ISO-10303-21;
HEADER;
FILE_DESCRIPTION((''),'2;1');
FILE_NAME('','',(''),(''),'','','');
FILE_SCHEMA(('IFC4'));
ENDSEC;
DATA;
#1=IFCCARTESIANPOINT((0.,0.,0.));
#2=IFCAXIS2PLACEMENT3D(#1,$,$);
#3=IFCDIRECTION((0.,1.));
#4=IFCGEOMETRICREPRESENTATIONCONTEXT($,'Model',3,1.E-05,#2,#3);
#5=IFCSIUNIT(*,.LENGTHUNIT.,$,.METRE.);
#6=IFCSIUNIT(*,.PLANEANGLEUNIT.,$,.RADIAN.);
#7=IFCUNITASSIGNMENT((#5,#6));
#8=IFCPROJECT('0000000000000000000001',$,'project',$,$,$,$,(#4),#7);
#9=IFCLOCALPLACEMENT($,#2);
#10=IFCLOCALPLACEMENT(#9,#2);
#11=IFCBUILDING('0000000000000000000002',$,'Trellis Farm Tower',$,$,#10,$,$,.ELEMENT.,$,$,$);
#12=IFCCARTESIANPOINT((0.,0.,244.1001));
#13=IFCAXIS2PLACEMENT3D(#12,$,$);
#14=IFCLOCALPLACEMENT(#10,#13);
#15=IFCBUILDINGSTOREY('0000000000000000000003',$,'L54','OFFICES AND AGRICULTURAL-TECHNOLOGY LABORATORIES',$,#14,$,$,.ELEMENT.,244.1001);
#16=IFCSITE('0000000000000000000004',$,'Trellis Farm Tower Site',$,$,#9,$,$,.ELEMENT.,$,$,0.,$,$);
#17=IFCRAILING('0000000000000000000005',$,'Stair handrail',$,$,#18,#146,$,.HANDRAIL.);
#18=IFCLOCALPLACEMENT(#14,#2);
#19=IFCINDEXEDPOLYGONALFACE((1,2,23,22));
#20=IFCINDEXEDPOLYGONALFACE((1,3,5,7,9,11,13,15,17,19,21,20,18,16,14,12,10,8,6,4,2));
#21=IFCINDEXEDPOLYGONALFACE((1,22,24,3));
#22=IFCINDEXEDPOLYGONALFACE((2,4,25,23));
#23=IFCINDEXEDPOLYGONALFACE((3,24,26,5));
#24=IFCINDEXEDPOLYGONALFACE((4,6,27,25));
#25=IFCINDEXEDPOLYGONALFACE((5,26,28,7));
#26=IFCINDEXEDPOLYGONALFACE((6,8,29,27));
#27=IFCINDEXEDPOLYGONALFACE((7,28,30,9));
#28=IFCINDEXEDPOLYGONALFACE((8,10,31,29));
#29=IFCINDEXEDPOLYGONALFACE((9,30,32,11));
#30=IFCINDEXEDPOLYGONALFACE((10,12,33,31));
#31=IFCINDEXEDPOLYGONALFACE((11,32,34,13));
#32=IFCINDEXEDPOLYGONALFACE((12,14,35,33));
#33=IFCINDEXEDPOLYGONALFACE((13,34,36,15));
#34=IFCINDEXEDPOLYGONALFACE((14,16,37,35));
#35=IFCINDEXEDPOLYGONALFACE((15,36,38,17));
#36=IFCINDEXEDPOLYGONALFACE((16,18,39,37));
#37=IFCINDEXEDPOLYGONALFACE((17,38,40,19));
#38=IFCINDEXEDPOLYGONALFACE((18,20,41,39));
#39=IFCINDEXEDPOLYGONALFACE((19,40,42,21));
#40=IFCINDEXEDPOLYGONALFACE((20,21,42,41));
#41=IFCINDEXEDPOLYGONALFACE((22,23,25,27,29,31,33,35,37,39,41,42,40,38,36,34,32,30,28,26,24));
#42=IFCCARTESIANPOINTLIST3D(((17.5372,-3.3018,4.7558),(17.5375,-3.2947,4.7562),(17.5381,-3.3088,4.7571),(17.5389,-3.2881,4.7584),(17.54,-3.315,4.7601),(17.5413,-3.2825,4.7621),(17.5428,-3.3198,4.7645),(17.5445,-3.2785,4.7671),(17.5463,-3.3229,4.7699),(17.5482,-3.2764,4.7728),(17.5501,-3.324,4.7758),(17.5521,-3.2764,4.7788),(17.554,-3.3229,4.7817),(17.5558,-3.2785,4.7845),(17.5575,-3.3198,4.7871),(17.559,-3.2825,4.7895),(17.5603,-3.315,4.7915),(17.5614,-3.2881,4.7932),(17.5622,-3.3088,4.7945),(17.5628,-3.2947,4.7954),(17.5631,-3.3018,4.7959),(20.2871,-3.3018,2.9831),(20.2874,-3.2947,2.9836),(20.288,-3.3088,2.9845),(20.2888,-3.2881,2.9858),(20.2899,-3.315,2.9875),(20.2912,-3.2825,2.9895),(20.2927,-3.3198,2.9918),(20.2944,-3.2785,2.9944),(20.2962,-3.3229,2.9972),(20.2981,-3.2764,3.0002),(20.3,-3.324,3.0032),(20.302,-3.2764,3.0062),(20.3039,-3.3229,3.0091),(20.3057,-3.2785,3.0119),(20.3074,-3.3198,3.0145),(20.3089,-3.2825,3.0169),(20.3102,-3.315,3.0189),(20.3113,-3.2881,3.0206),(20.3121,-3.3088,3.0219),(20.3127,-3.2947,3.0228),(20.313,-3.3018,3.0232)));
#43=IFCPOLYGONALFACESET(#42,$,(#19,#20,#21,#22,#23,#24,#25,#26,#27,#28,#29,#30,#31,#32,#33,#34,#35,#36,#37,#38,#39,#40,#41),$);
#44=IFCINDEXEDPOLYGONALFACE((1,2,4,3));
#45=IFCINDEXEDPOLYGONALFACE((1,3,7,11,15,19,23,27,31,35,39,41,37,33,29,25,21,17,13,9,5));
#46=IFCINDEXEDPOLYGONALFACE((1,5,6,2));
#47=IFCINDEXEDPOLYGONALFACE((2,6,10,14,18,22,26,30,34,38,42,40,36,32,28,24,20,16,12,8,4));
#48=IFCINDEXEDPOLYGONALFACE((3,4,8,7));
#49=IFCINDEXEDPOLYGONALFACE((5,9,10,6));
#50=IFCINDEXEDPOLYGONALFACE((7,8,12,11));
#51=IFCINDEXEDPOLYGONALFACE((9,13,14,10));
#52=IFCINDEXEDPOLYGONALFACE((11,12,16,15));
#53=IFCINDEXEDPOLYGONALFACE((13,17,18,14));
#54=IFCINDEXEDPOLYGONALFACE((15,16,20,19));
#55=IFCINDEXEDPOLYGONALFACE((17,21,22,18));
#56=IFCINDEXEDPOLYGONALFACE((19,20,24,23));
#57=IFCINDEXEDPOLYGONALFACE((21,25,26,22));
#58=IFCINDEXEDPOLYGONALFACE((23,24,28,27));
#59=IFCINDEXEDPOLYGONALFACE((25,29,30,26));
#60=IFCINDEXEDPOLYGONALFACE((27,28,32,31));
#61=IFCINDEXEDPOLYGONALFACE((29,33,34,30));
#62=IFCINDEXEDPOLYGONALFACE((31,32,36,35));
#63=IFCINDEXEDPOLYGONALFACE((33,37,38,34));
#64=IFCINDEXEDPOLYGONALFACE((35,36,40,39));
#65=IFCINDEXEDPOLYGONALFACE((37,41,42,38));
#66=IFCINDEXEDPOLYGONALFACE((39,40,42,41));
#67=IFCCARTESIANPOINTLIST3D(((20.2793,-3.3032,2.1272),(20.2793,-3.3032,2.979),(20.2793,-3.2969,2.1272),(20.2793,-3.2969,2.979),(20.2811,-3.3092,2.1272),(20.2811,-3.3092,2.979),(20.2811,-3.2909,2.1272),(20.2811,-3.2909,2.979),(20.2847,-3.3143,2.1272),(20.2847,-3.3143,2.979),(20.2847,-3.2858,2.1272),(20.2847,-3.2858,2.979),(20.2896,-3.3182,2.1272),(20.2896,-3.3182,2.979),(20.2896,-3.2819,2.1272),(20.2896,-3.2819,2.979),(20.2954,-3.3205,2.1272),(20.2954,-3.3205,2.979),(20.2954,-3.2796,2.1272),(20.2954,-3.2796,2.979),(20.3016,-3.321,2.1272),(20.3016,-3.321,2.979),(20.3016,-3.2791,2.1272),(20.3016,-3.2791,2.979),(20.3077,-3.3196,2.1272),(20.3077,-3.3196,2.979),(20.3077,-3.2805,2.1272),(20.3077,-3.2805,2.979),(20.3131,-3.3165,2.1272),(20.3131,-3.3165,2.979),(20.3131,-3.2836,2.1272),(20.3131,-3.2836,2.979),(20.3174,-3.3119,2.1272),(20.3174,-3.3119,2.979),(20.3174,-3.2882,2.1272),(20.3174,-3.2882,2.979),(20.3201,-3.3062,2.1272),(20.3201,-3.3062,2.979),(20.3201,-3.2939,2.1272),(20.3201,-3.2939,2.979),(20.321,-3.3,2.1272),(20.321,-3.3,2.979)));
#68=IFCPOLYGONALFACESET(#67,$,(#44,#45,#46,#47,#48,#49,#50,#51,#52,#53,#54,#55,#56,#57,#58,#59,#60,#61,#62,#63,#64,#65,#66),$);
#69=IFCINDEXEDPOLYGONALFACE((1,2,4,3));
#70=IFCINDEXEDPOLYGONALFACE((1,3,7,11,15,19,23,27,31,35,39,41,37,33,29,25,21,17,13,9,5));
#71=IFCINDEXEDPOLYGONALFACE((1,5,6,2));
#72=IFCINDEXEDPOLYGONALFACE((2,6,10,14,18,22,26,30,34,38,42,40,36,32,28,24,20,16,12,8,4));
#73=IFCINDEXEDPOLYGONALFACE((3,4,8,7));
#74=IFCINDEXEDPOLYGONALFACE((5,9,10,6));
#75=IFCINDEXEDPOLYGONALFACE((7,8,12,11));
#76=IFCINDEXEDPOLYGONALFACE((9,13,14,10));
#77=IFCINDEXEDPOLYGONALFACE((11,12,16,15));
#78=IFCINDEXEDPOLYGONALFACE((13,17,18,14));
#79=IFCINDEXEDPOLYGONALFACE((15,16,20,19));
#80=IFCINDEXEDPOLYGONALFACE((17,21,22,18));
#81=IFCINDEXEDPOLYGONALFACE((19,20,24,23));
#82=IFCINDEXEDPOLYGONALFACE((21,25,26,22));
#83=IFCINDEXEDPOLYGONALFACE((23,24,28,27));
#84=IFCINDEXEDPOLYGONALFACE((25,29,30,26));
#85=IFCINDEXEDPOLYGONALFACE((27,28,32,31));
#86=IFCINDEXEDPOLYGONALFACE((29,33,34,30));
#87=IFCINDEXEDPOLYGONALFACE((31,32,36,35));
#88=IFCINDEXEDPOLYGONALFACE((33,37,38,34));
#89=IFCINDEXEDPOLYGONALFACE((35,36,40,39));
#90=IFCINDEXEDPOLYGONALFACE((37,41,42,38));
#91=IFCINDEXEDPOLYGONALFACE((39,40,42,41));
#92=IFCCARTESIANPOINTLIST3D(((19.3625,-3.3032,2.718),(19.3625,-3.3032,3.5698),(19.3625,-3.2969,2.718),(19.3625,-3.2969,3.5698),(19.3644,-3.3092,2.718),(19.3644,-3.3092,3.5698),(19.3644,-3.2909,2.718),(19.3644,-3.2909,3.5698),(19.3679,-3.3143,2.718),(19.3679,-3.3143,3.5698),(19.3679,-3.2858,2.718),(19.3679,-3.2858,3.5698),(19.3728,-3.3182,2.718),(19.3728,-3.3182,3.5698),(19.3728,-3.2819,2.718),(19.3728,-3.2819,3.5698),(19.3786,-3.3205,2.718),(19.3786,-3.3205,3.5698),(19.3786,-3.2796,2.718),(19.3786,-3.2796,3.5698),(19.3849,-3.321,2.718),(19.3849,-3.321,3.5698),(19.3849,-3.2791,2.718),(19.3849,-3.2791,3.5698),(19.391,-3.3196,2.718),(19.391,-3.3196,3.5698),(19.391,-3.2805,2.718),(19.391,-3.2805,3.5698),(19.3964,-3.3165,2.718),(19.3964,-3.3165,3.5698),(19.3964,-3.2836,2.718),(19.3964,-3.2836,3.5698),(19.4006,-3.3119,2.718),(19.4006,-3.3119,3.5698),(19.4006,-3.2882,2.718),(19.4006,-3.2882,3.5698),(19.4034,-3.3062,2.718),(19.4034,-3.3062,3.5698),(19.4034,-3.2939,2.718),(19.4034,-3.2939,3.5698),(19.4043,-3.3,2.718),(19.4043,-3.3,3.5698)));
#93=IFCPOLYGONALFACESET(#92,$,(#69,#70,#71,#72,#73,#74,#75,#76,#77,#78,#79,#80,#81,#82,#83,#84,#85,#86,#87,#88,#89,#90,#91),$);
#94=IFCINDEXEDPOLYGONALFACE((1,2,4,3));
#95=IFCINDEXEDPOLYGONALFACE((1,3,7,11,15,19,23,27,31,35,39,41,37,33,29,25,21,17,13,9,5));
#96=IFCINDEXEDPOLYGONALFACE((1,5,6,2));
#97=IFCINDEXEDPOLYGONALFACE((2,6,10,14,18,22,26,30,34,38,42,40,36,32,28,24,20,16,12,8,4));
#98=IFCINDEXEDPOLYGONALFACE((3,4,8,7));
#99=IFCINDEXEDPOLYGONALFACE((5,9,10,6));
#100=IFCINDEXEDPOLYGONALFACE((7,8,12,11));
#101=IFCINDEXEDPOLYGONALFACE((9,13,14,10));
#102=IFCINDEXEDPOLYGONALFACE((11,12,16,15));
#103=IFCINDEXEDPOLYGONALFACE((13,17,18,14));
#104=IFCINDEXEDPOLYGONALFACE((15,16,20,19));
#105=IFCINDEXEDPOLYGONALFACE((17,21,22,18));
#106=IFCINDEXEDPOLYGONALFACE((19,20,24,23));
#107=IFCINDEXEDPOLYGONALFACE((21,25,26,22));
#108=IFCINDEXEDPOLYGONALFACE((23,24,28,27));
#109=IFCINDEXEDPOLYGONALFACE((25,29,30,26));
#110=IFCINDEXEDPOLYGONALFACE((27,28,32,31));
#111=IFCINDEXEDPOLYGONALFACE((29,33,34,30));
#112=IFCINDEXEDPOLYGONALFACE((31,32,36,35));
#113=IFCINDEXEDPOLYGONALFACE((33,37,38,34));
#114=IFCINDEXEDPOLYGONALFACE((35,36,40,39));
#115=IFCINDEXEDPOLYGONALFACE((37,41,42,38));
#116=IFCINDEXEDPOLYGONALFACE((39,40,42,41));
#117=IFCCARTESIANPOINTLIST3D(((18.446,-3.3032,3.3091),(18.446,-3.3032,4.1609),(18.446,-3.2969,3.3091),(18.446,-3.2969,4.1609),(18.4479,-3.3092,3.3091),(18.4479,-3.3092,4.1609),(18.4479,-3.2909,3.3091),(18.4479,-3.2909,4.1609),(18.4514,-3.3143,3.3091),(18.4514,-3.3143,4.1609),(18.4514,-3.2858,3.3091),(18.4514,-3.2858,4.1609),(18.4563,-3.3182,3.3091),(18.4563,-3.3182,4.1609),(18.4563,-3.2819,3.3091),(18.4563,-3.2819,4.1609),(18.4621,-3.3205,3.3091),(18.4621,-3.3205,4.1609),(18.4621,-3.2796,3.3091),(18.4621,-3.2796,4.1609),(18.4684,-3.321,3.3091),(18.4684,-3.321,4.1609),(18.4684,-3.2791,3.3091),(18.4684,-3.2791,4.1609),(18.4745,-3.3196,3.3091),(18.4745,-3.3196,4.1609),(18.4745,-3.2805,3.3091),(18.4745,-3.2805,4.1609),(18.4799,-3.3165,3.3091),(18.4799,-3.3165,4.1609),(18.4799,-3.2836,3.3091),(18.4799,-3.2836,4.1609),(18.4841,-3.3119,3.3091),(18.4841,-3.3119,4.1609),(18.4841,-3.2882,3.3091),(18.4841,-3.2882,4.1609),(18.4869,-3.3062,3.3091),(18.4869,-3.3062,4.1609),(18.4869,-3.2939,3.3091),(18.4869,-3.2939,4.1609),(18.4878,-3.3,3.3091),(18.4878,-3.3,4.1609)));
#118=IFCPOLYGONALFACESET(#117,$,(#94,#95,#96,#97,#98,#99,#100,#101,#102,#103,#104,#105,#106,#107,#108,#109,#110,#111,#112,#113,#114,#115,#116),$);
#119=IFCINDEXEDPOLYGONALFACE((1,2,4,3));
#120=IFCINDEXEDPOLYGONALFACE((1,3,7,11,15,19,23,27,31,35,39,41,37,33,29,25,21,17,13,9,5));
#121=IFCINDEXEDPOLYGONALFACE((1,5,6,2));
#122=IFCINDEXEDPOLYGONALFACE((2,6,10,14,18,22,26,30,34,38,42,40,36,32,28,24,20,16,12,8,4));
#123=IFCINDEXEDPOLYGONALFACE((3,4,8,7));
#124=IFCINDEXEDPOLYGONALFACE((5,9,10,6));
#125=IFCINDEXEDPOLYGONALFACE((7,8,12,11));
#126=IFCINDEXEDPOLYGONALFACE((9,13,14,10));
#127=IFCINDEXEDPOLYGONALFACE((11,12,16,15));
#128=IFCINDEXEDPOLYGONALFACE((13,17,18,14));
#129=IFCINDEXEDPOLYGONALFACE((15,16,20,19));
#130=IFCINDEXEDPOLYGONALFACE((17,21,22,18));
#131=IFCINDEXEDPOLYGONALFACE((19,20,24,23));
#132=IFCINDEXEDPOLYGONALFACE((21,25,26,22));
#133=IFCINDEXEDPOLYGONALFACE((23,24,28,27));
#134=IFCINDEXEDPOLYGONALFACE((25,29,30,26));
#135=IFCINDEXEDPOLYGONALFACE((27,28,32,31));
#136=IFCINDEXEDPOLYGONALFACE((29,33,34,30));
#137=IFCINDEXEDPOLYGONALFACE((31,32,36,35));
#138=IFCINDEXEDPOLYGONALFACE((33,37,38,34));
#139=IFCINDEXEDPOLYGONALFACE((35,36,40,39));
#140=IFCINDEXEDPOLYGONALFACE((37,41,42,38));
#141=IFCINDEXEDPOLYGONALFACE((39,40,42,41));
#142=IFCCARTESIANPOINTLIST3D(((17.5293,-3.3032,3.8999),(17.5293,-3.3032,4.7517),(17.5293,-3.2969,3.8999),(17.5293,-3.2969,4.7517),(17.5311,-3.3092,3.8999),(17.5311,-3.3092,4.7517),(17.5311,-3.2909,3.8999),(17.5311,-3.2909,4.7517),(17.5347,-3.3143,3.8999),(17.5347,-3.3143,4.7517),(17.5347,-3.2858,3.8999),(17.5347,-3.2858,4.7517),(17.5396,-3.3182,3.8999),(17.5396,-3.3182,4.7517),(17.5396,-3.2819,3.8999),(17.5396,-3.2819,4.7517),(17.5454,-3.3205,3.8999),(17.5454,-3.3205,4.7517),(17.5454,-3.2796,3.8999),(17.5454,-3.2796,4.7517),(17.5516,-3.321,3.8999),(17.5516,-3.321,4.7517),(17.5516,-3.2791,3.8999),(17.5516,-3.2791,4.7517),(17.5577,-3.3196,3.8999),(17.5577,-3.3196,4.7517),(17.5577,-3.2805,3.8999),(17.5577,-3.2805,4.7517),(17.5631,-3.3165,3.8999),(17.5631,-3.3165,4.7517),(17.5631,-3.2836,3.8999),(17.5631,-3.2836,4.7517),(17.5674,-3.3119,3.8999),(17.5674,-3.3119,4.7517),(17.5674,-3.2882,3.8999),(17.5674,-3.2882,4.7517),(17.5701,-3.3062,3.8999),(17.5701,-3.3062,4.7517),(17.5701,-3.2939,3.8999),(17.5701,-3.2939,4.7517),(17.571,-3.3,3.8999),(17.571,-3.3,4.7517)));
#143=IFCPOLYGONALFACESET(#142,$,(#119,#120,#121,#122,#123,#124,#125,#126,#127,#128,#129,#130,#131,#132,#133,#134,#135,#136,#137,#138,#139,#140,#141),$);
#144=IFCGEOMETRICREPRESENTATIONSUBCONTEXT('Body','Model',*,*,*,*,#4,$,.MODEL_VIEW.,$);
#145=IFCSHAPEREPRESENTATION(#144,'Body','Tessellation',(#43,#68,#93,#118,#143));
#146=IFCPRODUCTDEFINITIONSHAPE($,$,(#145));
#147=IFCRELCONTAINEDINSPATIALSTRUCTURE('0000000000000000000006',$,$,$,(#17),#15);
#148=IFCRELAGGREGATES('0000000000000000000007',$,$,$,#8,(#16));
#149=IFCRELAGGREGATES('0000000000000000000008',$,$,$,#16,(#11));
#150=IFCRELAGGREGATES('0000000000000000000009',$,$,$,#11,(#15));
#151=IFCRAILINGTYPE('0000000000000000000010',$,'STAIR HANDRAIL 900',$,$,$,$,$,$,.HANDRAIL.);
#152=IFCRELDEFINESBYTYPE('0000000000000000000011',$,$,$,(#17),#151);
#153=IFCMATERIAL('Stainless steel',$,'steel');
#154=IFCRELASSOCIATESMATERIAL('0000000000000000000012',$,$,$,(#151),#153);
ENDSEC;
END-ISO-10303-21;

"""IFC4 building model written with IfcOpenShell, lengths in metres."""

from ifc_helpers import new_model, si_unit, direction, frame, origin, origin_2d, place, context, subcontext, project, spatial, circle, extrude, source, transform, mapped, material, type_object, element, save


model = new_model("IFC4")

# Units and contexts
model_context = context("Model", 3, precision=1e-05, world=origin(), true_north=direction((0.0, 1.0)))
body_context = subcontext(model_context, "Body", "Model", "MODEL_VIEW")
ifc_project = project(units=[si_unit("LENGTHUNIT", "METRE"), si_unit("PLANEANGLEUNIT", "RADIAN")], contexts=[model_context])

# Site, building, storey
site_placement = place(None, origin())
site = spatial("IfcSite", under=ifc_project, at=site_placement, Name="Trellis Farm Tower Site", CompositionType="ELEMENT", RefElevation=0.0)
building_placement = place(site_placement, origin())
building = spatial("IfcBuilding", under=site, at=building_placement, Name="Trellis Farm Tower", CompositionType="ELEMENT")
storey_placement = place(building_placement, frame((0.0, 0.0, 244.1001)))
storey = spatial("IfcBuildingStorey", under=building, at=storey_placement, Name="L54", Description="OFFICES AND AGRICULTURAL-TECHNOLOGY LABORATORIES", CompositionType="ELEMENT", Elevation=244.1001)

# Railing
ifc_material_1 = material(Name="Stainless steel", Category="steel")
railing_type = type_object("IfcRailingType", Name="STAIR HANDRAIL 900", PredefinedType="HANDRAIL", material=ifc_material_1)
shared_shape_1 = source(origin(), body_context, "Body", "SweptSolid", [
    extrude(circle(Radius=0.0239, at=origin_2d()), frame((0.0, 0.0, 0.876), z_axis=(-0.840504, 0.0, 0.541806), x_axis=(0.0, -1.0, 0.0)), (0.0, 0.0, 1.0), 3.2717),
    extrude(circle(Radius=0.021, at=origin_2d()), origin(), (0.0, 0.0, 1.0), 0.8518),
    extrude(circle(Radius=0.021, at=origin_2d()), frame((-0.9167, 0.0, 0.5908)), (0.0, 0.0, 1.0), 0.8518),
    extrude(circle(Radius=0.021, at=origin_2d()), frame((-1.8333, 0.0, 1.1819)), (0.0, 0.0, 1.0), 0.8518),
    extrude(circle(Radius=0.021, at=origin_2d()), frame((-2.75, 0.0, 1.7727)), (0.0, 0.0, 1.0), 0.8518),
])
for number, where, name in (
    (1, (20.3, -3.3, 2.1272), "Stair handrail"),
):
    element("IfcRailing", number, at=place(storey_placement, frame(where)), inside=storey, type_object=railing_type, Name=name, PredefinedType="HANDRAIL", context=body_context, shape_type="MappedRepresentation", body=[
        mapped(shared_shape_1, transform((0.0, 0.0, 0.0))),
    ])

save(model, "model.ifc")
